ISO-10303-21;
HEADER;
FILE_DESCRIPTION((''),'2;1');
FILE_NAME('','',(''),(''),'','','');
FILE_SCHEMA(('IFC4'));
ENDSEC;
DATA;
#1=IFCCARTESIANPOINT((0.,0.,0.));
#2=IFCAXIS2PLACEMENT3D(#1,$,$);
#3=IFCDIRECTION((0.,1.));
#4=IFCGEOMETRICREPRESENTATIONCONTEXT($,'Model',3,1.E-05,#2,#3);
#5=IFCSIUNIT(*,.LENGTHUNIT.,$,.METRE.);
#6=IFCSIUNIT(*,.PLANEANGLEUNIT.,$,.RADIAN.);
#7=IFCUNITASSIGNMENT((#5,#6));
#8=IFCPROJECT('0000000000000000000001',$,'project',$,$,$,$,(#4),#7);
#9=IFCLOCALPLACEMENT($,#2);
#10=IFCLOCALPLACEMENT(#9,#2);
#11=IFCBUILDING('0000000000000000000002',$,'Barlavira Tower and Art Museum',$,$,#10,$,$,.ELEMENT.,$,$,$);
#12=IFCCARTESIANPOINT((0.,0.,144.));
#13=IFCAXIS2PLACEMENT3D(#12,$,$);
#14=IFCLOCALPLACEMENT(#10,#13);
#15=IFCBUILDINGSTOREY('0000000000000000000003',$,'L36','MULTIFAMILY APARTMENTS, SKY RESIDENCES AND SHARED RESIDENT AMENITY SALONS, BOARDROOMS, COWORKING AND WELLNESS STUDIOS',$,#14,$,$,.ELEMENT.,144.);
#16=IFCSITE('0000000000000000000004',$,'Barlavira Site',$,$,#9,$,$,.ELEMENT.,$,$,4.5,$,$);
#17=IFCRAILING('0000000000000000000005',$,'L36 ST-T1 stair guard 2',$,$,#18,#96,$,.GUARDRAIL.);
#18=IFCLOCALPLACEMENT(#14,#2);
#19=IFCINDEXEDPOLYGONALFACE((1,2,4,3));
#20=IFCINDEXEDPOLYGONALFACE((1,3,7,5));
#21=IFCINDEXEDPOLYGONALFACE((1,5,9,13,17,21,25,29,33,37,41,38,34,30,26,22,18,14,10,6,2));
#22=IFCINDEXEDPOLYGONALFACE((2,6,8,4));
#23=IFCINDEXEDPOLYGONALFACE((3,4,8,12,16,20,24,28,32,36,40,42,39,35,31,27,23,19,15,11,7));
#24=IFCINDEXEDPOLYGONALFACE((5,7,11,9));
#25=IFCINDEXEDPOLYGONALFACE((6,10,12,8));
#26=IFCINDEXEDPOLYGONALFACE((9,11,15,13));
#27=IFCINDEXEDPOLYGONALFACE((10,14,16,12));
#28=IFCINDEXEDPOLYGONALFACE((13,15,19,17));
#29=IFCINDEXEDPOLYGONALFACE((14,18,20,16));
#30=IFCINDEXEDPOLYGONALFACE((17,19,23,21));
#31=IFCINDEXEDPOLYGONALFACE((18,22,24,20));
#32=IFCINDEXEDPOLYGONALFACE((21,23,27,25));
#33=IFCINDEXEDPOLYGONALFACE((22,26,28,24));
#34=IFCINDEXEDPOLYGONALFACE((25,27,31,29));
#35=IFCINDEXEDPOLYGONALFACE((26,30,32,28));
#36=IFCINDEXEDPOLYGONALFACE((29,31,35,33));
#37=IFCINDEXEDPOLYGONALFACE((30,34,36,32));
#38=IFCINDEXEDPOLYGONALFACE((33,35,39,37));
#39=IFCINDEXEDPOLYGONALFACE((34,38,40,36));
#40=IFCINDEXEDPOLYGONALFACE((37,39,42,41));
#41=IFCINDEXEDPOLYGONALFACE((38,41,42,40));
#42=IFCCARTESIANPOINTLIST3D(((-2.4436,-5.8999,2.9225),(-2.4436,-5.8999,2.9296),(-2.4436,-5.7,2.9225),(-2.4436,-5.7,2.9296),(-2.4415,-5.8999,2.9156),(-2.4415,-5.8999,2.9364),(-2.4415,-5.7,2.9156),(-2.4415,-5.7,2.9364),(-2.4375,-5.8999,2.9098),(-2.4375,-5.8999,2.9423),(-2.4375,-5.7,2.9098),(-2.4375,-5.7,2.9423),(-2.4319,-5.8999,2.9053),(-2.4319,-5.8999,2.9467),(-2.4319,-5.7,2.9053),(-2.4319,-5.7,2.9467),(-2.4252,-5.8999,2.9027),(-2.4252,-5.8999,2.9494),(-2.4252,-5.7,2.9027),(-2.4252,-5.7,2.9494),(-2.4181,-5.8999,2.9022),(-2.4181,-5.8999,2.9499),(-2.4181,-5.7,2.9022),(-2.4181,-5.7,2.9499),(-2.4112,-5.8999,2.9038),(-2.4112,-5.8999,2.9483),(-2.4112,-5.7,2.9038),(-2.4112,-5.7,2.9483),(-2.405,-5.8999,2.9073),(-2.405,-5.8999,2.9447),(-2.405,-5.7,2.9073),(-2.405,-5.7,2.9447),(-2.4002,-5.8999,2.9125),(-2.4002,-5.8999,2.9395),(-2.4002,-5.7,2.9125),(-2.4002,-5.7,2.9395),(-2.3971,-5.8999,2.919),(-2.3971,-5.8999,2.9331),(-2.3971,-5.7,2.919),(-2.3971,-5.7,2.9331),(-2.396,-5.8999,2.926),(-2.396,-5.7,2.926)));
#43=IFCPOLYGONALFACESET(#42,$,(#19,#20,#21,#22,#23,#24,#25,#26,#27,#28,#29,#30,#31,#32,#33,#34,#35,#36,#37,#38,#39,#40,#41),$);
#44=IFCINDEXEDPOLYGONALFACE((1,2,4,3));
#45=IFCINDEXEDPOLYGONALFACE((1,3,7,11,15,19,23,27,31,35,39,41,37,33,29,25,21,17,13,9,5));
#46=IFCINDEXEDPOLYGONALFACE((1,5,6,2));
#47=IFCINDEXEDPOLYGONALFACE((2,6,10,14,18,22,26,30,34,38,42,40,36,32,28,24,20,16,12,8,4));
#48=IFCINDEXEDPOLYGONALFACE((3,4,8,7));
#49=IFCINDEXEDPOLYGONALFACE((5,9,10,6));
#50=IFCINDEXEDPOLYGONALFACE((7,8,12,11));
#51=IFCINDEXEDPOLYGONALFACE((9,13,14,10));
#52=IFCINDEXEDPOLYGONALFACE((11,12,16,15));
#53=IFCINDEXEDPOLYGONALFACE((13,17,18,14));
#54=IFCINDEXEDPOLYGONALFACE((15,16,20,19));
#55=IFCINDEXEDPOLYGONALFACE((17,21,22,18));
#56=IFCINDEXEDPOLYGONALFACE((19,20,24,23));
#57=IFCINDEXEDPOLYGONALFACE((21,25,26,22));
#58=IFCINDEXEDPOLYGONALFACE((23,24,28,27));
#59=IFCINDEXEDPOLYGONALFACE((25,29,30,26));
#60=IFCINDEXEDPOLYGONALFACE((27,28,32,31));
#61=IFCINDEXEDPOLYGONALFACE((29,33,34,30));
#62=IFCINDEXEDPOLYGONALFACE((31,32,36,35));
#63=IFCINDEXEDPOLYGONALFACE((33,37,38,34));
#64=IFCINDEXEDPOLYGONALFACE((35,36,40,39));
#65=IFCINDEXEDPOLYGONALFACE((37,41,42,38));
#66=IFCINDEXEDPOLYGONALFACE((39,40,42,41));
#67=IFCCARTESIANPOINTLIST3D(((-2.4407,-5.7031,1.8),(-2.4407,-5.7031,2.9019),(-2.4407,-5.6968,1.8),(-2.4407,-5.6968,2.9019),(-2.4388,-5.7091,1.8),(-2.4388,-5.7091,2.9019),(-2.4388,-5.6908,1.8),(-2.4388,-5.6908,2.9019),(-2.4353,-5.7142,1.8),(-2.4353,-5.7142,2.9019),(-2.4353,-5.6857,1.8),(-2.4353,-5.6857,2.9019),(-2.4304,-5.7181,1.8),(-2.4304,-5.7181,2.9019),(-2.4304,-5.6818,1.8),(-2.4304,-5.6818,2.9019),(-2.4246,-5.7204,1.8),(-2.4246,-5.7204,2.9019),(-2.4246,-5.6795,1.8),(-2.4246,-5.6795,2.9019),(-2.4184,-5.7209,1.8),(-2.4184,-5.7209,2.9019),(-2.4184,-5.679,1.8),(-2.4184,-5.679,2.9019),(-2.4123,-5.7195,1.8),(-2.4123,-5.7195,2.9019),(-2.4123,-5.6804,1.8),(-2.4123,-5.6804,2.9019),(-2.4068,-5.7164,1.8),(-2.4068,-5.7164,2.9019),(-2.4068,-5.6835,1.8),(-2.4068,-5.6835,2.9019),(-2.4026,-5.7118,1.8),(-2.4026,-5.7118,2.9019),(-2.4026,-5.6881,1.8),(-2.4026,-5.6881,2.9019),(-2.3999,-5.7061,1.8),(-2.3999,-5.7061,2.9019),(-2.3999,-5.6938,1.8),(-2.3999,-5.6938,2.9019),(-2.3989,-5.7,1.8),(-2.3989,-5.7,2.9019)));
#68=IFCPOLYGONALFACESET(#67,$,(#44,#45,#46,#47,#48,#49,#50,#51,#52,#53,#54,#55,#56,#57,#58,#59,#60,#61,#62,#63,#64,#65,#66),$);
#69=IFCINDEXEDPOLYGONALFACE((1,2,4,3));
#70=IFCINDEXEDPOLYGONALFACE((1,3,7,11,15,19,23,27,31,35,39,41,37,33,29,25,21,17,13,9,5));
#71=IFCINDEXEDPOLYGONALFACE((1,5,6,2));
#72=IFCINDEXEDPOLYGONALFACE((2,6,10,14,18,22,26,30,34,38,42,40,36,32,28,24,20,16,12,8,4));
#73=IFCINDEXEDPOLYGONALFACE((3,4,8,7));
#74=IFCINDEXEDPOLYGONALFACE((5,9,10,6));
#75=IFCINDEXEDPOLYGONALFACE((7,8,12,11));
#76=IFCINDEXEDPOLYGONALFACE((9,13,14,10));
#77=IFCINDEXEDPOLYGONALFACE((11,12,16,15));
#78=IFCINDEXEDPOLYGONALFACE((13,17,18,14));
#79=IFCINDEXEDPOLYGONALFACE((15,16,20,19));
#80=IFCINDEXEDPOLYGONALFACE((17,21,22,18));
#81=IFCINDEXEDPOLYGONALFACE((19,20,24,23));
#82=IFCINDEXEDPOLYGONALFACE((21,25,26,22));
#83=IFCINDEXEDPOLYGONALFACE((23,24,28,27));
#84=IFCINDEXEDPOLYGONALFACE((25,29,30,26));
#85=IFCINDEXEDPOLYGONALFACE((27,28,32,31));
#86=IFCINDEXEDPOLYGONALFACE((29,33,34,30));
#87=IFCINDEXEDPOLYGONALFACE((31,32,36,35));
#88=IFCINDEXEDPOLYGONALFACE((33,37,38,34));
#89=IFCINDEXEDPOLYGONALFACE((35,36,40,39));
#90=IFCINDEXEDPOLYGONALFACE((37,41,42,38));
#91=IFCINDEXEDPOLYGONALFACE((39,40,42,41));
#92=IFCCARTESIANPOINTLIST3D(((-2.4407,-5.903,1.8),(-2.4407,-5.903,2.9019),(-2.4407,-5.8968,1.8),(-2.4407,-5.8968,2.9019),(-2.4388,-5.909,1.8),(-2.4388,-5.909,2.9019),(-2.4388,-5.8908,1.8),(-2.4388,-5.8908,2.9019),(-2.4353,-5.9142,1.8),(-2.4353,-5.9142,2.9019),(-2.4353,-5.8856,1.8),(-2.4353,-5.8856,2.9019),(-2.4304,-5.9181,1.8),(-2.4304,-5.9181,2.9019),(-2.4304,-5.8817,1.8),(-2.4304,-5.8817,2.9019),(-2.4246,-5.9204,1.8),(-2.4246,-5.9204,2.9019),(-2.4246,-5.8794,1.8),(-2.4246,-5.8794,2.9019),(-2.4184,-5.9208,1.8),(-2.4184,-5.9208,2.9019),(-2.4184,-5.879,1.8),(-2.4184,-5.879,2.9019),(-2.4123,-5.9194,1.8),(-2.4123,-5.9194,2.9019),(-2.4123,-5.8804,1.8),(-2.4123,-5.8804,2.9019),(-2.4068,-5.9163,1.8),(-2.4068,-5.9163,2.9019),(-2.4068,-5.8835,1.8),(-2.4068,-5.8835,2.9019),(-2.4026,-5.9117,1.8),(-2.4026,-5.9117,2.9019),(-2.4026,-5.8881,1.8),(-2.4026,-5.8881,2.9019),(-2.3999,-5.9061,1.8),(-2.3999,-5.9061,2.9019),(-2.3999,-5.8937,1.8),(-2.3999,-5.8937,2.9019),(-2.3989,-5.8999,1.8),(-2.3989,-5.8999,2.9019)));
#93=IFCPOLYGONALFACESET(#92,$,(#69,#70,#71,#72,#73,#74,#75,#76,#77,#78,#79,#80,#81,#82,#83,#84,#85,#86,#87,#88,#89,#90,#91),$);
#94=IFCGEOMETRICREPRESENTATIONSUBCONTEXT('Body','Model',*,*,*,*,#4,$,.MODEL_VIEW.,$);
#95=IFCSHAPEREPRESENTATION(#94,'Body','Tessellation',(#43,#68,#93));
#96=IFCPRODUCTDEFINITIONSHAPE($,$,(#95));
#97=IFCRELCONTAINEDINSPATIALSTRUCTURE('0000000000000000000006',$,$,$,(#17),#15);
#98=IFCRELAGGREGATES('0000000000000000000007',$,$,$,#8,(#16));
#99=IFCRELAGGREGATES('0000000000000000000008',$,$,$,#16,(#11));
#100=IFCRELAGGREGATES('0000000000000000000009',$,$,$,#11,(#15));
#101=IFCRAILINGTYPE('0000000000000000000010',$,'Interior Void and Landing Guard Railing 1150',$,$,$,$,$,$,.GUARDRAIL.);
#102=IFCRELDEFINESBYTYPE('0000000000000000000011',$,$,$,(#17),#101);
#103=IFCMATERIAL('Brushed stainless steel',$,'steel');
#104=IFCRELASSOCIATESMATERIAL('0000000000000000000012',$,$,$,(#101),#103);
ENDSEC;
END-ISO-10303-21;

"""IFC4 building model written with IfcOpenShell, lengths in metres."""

from ifc_helpers import new_model, si_unit, direction, frame, origin, origin_2d, place, context, subcontext, project, spatial, circle, extrude, material, type_object, element, save


model = new_model("IFC4")

# Units and contexts
model_context = context("Model", 3, precision=1e-05, world=origin(), true_north=direction((0.0, 1.0)))
body_context = subcontext(model_context, "Body", "Model", "MODEL_VIEW")
ifc_project = project(units=[si_unit("LENGTHUNIT", "METRE"), si_unit("PLANEANGLEUNIT", "RADIAN")], contexts=[model_context])

# Site, building, storey
site_placement = place(None, origin())
site = spatial("IfcSite", under=ifc_project, at=site_placement, Name="Barlavira Site", CompositionType="ELEMENT", RefElevation=4.5)
building_placement = place(site_placement, origin())
building = spatial("IfcBuilding", under=site, at=building_placement, Name="Barlavira Tower and Art Museum", CompositionType="ELEMENT")
storey_placement = place(building_placement, frame((0.0, 0.0, 144.0)))
storey = spatial("IfcBuildingStorey", under=building, at=storey_placement, Name="L36", Description="MULTIFAMILY APARTMENTS, SKY RESIDENCES AND SHARED RESIDENT AMENITY SALONS, BOARDROOMS, COWORKING AND WELLNESS STUDIOS", CompositionType="ELEMENT", Elevation=144.0)

# Shared definitions
ifc_material_1 = material(Name="Brushed stainless steel", Category="steel")

# Railing
railing_type_1 = type_object("IfcRailingType", Name="Interior Void and Landing Guard Railing 1150", PredefinedType="GUARDRAIL", material=ifc_material_1)
railing_1_placement = place(storey_placement, frame((-2.4199, -5.7, 1.8)))
element("IfcRailing", 1, at=railing_1_placement, inside=storey, type_object=railing_type_1, Name="L36 ST-T1 stair guard 2", PredefinedType="GUARDRAIL", context=body_context, shape_type="SweptSolid", body=[
    extrude(circle(Radius=0.0239, at=origin_2d()), frame((0.0, 0.0, 1.126), z_axis=(0.0, -1.0, 0.0), x_axis=(1.0, 0.0, 0.0)), (0.0, 0.0, 1.0), 0.2),
    extrude(circle(Radius=0.021, at=origin_2d()), origin(), (0.0, 0.0, 1.0), 1.1018),
    extrude(circle(Radius=0.021, at=origin_2d()), frame((0.0, -0.2, 0.0)), (0.0, 0.0, 1.0), 1.1018),
])

save(model, "model.ifc")
